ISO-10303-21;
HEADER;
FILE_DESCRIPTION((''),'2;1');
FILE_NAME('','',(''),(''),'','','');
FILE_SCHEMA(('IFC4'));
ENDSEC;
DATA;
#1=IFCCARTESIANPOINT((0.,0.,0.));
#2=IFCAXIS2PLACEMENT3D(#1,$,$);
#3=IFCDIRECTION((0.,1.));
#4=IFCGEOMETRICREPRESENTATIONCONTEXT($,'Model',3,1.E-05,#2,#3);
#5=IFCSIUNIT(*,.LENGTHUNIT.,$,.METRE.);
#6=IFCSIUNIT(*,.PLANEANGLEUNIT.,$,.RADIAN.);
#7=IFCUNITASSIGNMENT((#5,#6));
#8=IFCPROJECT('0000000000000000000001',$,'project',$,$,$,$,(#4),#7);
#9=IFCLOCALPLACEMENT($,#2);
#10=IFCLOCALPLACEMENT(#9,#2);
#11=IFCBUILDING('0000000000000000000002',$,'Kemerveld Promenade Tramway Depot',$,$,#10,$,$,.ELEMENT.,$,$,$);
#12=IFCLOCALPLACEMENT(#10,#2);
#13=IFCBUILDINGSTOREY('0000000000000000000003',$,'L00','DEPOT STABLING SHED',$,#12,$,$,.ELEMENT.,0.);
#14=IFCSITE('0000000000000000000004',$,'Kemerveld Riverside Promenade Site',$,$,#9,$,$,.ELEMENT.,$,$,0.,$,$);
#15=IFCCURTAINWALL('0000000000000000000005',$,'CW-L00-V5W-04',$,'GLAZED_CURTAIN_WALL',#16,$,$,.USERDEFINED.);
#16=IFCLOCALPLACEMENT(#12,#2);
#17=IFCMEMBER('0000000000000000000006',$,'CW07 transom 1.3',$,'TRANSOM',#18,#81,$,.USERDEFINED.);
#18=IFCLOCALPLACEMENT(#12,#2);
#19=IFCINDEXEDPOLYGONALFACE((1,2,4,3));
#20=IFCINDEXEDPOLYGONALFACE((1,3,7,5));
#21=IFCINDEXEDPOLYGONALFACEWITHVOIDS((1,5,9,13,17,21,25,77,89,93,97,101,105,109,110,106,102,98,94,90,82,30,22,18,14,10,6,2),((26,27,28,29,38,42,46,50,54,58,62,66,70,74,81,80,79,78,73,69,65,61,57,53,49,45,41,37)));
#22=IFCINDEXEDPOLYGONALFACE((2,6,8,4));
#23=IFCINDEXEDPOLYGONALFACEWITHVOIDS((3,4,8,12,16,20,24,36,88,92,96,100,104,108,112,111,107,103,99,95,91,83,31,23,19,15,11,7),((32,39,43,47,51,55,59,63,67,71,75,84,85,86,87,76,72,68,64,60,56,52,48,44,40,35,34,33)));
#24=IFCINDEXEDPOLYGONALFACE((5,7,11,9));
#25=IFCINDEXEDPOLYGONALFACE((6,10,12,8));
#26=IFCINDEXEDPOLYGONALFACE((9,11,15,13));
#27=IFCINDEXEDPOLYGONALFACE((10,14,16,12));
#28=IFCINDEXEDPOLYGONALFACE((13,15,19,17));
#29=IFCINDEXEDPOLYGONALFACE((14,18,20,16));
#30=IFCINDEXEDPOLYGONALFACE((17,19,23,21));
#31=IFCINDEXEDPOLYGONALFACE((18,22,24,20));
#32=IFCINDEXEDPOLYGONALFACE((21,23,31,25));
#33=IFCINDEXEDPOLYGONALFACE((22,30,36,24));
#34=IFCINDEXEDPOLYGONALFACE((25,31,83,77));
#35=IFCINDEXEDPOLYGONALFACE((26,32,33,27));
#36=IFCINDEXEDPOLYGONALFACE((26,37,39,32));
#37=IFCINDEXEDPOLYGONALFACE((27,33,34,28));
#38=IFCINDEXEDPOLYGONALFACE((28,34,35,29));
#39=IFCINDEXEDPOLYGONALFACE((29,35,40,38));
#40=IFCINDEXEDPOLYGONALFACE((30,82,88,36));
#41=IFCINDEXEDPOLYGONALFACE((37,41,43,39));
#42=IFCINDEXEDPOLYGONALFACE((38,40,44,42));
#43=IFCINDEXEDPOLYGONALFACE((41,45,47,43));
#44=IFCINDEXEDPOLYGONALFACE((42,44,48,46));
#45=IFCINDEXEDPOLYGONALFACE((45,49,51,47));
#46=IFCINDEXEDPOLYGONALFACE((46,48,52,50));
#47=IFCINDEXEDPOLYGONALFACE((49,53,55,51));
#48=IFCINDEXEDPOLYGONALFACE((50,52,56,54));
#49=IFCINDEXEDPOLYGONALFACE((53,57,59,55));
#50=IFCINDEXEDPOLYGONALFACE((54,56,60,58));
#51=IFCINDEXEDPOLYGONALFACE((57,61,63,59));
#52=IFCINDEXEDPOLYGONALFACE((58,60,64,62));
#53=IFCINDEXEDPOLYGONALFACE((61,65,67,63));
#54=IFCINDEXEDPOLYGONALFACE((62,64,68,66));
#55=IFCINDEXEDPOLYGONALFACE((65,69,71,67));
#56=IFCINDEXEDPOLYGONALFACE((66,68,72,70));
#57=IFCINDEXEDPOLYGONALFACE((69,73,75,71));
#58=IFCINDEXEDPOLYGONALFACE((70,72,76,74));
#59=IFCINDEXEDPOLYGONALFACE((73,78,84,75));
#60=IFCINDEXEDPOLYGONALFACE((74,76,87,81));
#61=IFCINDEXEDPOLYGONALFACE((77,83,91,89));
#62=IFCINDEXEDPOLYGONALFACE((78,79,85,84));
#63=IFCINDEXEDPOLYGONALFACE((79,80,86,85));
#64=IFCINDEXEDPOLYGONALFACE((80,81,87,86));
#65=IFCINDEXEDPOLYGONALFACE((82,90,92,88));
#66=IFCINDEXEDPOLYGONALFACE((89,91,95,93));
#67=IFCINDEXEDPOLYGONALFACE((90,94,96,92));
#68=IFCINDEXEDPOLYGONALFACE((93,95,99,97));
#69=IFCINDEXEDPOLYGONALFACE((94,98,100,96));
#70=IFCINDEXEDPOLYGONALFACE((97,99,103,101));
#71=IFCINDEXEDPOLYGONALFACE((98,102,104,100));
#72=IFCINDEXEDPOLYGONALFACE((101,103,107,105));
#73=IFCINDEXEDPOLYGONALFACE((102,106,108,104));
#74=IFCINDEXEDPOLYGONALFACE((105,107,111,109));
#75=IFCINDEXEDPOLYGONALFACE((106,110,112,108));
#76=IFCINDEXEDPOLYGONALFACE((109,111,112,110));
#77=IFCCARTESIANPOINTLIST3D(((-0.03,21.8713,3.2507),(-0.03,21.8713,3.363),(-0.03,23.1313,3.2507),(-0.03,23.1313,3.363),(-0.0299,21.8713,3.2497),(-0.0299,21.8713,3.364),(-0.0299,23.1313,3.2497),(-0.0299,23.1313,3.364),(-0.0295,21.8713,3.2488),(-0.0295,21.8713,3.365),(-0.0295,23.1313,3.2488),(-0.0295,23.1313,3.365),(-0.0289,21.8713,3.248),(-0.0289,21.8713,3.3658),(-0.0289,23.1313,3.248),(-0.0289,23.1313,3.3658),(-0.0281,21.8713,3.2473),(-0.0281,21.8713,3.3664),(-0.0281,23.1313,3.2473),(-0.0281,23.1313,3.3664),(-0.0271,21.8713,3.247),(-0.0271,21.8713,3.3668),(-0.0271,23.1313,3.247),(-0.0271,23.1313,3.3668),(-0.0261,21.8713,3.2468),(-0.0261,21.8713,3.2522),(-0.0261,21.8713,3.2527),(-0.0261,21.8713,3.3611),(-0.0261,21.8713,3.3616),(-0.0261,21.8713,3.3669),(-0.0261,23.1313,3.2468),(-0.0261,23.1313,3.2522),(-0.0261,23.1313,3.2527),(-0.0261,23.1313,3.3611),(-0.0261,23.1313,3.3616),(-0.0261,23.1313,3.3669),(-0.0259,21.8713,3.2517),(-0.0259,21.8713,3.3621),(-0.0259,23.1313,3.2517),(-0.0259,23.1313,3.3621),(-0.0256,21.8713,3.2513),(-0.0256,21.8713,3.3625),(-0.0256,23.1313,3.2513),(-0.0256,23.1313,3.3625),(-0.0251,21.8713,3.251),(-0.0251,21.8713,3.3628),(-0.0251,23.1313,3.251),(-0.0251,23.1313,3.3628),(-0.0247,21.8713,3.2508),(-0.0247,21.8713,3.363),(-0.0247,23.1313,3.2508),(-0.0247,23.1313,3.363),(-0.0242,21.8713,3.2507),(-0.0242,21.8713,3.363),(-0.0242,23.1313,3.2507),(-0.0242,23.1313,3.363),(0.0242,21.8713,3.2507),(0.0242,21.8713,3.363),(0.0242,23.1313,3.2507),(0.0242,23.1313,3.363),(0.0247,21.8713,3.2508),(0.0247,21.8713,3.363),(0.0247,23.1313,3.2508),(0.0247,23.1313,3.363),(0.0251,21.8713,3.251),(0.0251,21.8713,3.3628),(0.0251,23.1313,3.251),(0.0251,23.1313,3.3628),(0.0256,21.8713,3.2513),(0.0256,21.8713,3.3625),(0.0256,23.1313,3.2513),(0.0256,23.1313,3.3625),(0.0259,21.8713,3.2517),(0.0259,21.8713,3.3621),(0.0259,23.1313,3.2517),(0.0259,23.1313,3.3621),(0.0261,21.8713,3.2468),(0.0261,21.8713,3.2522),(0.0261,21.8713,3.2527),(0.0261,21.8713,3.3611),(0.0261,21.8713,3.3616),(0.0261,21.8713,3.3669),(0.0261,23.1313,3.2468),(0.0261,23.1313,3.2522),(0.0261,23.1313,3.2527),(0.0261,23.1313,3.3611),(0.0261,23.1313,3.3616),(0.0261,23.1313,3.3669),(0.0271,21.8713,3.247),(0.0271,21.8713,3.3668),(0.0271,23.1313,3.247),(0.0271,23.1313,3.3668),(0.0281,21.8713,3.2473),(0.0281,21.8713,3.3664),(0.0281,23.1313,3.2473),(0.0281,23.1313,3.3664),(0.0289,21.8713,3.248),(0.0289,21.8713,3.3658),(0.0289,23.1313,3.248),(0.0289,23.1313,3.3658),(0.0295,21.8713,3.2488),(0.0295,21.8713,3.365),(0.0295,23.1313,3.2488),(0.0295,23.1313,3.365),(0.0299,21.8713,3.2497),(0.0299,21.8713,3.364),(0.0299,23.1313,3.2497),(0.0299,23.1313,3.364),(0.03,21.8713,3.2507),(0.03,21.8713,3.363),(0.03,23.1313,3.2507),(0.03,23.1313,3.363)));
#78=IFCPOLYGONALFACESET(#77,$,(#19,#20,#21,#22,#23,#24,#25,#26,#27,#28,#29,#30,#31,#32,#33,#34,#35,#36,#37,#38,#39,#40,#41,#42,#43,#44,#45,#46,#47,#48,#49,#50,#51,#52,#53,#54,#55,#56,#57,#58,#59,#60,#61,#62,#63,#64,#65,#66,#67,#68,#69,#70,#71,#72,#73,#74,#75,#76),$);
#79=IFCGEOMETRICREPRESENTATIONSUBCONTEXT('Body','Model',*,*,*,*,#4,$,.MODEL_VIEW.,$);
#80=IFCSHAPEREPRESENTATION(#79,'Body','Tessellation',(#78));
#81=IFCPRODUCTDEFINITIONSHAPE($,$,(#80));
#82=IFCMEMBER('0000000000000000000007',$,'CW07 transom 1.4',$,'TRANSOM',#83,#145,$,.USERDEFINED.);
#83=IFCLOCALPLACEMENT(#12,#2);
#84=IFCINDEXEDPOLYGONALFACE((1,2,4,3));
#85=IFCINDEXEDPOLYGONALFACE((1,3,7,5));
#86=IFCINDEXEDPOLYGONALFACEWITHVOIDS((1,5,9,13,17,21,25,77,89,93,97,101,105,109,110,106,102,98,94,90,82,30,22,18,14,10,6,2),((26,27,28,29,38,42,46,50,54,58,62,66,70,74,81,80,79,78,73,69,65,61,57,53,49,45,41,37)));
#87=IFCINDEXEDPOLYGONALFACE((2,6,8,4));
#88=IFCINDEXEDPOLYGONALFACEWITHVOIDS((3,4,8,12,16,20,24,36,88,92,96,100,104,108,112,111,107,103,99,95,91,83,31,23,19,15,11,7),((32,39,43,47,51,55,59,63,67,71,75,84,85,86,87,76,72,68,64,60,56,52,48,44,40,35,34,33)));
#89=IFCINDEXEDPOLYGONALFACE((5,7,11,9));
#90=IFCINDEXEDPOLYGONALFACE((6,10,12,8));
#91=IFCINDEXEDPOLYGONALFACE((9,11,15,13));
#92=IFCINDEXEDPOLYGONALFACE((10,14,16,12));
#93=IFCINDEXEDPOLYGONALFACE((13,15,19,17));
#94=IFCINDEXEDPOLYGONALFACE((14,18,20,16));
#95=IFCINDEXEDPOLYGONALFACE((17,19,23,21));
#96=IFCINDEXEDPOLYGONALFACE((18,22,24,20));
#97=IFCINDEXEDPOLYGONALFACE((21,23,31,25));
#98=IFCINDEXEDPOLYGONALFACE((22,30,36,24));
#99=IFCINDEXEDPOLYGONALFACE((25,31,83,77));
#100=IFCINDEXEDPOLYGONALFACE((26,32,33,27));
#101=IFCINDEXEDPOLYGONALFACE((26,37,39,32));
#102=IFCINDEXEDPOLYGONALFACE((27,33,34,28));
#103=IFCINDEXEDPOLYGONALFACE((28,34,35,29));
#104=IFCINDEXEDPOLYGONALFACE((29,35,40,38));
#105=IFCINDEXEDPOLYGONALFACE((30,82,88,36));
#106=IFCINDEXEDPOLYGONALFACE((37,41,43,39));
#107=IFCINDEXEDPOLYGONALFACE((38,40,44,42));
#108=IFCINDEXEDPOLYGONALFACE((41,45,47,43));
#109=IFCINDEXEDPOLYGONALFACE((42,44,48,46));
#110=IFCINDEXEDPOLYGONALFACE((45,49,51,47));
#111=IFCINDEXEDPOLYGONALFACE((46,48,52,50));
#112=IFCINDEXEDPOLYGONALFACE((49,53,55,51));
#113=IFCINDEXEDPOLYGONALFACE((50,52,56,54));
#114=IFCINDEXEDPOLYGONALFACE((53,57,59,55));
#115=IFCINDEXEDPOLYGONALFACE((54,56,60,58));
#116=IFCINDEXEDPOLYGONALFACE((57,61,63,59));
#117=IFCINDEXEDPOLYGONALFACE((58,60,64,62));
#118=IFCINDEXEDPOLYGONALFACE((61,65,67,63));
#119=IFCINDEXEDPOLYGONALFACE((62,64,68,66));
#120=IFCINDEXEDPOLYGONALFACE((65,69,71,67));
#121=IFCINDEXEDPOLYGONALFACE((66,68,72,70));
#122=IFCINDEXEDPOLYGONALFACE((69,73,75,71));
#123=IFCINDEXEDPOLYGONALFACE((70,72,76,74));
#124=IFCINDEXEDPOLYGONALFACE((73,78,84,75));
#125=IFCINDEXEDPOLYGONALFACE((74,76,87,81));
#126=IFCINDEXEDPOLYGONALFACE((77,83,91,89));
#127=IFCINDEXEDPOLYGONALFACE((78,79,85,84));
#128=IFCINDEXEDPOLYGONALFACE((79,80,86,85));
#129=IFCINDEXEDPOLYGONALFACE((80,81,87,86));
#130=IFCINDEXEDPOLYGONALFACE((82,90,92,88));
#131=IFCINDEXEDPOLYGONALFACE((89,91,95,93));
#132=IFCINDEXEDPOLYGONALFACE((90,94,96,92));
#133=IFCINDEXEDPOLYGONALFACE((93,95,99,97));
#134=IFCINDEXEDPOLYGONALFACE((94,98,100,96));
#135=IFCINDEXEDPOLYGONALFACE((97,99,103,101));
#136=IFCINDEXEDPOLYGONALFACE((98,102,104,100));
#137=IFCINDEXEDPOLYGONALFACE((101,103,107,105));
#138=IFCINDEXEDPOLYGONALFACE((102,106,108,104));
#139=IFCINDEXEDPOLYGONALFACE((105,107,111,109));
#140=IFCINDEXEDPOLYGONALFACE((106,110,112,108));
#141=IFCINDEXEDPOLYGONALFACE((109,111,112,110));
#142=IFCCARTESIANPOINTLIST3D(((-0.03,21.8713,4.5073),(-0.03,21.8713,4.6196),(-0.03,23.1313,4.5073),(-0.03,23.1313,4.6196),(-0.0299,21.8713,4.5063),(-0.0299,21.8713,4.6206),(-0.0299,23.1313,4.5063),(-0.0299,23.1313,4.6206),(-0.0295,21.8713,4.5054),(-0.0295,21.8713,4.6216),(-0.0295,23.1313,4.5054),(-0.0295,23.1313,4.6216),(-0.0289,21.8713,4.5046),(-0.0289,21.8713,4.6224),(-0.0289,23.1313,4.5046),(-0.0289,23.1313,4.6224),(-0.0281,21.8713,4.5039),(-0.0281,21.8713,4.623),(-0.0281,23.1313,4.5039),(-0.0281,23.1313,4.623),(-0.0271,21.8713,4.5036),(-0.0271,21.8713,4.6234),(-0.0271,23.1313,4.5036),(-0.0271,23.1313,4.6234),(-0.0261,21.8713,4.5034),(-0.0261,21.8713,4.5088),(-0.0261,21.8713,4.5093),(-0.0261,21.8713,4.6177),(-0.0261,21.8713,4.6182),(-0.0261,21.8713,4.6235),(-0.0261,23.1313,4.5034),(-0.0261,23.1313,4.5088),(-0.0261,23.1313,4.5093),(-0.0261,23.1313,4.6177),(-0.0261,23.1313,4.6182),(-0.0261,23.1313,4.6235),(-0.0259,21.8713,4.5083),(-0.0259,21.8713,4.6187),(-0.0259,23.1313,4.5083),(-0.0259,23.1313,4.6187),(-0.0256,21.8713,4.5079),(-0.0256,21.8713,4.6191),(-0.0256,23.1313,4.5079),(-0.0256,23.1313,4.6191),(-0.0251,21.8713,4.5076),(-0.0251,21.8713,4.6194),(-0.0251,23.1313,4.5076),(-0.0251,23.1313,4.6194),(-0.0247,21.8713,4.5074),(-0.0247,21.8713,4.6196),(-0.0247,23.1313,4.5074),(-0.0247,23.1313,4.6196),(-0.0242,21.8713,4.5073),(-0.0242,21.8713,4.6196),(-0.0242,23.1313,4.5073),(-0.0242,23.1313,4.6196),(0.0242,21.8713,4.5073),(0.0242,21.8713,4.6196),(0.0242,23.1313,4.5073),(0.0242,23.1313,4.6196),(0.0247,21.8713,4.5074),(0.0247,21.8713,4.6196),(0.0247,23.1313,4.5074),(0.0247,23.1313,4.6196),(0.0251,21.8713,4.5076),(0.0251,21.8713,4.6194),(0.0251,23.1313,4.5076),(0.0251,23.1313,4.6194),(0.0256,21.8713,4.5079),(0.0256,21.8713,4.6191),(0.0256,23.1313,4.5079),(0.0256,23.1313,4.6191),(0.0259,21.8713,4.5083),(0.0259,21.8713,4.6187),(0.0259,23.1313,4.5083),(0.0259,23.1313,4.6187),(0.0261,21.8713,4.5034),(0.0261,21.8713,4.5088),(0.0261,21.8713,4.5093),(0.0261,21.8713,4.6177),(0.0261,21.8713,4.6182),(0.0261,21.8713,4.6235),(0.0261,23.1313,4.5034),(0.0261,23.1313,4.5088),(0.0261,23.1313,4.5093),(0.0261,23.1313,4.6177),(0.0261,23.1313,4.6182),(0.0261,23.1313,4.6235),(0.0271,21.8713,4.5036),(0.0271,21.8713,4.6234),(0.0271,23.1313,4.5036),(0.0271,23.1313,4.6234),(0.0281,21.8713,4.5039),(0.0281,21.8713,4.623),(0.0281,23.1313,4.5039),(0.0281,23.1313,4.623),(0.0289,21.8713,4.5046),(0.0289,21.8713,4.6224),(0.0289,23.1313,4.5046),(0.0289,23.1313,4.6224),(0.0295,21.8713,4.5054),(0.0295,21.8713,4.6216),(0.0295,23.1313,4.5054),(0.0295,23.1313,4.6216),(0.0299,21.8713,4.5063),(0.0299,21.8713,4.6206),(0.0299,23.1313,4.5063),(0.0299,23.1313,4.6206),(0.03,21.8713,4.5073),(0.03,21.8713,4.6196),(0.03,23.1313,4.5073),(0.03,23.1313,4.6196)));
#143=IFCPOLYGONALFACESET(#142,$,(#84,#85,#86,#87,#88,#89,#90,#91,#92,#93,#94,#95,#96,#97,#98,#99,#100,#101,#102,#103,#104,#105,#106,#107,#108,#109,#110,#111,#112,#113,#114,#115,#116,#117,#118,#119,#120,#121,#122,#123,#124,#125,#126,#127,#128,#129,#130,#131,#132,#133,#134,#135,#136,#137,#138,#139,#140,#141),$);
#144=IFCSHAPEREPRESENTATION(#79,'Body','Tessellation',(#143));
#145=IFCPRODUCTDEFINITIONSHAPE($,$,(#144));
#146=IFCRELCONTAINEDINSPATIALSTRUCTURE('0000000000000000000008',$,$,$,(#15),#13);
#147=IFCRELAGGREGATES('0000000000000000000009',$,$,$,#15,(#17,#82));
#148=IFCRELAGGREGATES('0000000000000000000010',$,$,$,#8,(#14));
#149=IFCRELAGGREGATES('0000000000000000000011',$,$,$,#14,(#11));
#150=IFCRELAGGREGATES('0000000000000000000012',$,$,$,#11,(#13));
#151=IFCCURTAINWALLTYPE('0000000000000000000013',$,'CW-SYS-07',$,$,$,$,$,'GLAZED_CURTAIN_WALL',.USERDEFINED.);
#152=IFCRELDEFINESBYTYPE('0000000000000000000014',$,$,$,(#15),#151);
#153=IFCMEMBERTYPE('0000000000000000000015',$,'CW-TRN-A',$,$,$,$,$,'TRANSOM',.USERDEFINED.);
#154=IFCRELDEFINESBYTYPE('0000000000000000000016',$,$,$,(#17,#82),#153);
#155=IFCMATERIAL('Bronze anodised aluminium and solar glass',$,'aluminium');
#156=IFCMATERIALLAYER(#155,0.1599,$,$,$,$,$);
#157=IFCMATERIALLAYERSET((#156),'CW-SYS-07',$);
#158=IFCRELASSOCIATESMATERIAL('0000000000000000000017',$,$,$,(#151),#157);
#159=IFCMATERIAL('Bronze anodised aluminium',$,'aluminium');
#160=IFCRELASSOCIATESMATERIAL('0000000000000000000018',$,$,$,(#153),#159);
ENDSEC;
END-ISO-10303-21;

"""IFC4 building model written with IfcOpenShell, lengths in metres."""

from ifc_helpers import new_model, si_unit, direction, frame, origin, origin_2d, place, context, subcontext, project, spatial, hollow_rectangle, extrude, material, layer, layer_set, material_profile, profile_set, type_object, element, aggregate, save


model = new_model("IFC4")

# Units and contexts
model_context = context("Model", 3, precision=1e-05, world=origin(), true_north=direction((0.0, 1.0)))
body_context = subcontext(model_context, "Body", "Model", "MODEL_VIEW")
ifc_project = project(units=[si_unit("LENGTHUNIT", "METRE"), si_unit("PLANEANGLEUNIT", "RADIAN")], contexts=[model_context])

# Site, building, storey
site_placement = place(None, origin())
site = spatial("IfcSite", under=ifc_project, at=site_placement, Name="Kemerveld Riverside Promenade Site", CompositionType="ELEMENT", RefElevation=0.0)
building_placement = place(site_placement, origin())
building = spatial("IfcBuilding", under=site, at=building_placement, Name="Kemerveld Promenade Tramway Depot", CompositionType="ELEMENT")
storey_placement = place(building_placement, origin())
storey = spatial("IfcBuildingStorey", under=building, at=storey_placement, Name="L00", Description="DEPOT STABLING SHED", CompositionType="ELEMENT", Elevation=0.0)

# Curtain wall, members
ifc_material_1 = material(Name="Bronze anodised aluminium and solar glass", Category="aluminium")
ifc_layer_1 = layer(ifc_material_1, 0.1599)
ifc_layer_set_1 = layer_set([ifc_layer_1], Name="CW-SYS-07")
curtain_wall_type = type_object("IfcCurtainWallType", Name="CW-SYS-07", ElementType="GLAZED_CURTAIN_WALL", PredefinedType="USERDEFINED", material=ifc_layer_set_1)
curtain_wall_placement = place(storey_placement, origin())
curtain_wall = element("IfcCurtainWall", 1, at=curtain_wall_placement, inside=storey, type_object=curtain_wall_type, Name="CW-L00-V5W-04", ObjectType="GLAZED_CURTAIN_WALL", PredefinedType="USERDEFINED")
ifc_material_2 = material(Name="Bronze anodised aluminium", Category="aluminium")
ifc_material_profile_1 = material_profile(ifc_material_2, hollow_rectangle(XDim=0.0601, YDim=0.1201, WallThickness=0.0039, InnerFilletRadius=0.002, OuterFilletRadius=0.0039, at=origin_2d()), Name="CW-TRN-120x60")
ifc_profile_set_1 = profile_set([ifc_material_profile_1], Name="Bronze anodised aluminium")
member_type_1 = type_object("IfcMemberType", Name="CW-TRN-A", ElementType="TRANSOM", PredefinedType="USERDEFINED", material=ifc_profile_set_1)
member_1_placement = place(storey_placement, frame((0.0, 21.8713, 3.3069), z_axis=(0.0, 1.0, 0.0), x_axis=(-1.0, 0.0, 0.0)))
member_1 = element("IfcMember", 2, at=member_1_placement, type_object=member_type_1, Name="CW07 transom 1.3", ObjectType="TRANSOM", PredefinedType="USERDEFINED", context=body_context, shape_type="SweptSolid", body=[
    extrude(hollow_rectangle(XDim=0.0601, YDim=0.1201, WallThickness=0.0039, InnerFilletRadius=0.002, OuterFilletRadius=0.0039, at=origin_2d()), origin(), (0.0, 0.0, 1.0), 1.26),
])
member_2_placement = place(storey_placement, frame((0.0, 21.8713, 4.5635), z_axis=(0.0, 1.0, 0.0), x_axis=(-1.0, 0.0, 0.0)))
member_2 = element("IfcMember", 3, at=member_2_placement, type_object=member_type_1, Name="CW07 transom 1.4", ObjectType="TRANSOM", PredefinedType="USERDEFINED", context=body_context, shape_type="SweptSolid", body=[
    extrude(hollow_rectangle(XDim=0.0601, YDim=0.1201, WallThickness=0.0039, InnerFilletRadius=0.002, OuterFilletRadius=0.0039, at=origin_2d()), origin(), (0.0, 0.0, 1.0), 1.26),
])
aggregate(curtain_wall, [member_1, member_2])

save(model, "model.ifc")
